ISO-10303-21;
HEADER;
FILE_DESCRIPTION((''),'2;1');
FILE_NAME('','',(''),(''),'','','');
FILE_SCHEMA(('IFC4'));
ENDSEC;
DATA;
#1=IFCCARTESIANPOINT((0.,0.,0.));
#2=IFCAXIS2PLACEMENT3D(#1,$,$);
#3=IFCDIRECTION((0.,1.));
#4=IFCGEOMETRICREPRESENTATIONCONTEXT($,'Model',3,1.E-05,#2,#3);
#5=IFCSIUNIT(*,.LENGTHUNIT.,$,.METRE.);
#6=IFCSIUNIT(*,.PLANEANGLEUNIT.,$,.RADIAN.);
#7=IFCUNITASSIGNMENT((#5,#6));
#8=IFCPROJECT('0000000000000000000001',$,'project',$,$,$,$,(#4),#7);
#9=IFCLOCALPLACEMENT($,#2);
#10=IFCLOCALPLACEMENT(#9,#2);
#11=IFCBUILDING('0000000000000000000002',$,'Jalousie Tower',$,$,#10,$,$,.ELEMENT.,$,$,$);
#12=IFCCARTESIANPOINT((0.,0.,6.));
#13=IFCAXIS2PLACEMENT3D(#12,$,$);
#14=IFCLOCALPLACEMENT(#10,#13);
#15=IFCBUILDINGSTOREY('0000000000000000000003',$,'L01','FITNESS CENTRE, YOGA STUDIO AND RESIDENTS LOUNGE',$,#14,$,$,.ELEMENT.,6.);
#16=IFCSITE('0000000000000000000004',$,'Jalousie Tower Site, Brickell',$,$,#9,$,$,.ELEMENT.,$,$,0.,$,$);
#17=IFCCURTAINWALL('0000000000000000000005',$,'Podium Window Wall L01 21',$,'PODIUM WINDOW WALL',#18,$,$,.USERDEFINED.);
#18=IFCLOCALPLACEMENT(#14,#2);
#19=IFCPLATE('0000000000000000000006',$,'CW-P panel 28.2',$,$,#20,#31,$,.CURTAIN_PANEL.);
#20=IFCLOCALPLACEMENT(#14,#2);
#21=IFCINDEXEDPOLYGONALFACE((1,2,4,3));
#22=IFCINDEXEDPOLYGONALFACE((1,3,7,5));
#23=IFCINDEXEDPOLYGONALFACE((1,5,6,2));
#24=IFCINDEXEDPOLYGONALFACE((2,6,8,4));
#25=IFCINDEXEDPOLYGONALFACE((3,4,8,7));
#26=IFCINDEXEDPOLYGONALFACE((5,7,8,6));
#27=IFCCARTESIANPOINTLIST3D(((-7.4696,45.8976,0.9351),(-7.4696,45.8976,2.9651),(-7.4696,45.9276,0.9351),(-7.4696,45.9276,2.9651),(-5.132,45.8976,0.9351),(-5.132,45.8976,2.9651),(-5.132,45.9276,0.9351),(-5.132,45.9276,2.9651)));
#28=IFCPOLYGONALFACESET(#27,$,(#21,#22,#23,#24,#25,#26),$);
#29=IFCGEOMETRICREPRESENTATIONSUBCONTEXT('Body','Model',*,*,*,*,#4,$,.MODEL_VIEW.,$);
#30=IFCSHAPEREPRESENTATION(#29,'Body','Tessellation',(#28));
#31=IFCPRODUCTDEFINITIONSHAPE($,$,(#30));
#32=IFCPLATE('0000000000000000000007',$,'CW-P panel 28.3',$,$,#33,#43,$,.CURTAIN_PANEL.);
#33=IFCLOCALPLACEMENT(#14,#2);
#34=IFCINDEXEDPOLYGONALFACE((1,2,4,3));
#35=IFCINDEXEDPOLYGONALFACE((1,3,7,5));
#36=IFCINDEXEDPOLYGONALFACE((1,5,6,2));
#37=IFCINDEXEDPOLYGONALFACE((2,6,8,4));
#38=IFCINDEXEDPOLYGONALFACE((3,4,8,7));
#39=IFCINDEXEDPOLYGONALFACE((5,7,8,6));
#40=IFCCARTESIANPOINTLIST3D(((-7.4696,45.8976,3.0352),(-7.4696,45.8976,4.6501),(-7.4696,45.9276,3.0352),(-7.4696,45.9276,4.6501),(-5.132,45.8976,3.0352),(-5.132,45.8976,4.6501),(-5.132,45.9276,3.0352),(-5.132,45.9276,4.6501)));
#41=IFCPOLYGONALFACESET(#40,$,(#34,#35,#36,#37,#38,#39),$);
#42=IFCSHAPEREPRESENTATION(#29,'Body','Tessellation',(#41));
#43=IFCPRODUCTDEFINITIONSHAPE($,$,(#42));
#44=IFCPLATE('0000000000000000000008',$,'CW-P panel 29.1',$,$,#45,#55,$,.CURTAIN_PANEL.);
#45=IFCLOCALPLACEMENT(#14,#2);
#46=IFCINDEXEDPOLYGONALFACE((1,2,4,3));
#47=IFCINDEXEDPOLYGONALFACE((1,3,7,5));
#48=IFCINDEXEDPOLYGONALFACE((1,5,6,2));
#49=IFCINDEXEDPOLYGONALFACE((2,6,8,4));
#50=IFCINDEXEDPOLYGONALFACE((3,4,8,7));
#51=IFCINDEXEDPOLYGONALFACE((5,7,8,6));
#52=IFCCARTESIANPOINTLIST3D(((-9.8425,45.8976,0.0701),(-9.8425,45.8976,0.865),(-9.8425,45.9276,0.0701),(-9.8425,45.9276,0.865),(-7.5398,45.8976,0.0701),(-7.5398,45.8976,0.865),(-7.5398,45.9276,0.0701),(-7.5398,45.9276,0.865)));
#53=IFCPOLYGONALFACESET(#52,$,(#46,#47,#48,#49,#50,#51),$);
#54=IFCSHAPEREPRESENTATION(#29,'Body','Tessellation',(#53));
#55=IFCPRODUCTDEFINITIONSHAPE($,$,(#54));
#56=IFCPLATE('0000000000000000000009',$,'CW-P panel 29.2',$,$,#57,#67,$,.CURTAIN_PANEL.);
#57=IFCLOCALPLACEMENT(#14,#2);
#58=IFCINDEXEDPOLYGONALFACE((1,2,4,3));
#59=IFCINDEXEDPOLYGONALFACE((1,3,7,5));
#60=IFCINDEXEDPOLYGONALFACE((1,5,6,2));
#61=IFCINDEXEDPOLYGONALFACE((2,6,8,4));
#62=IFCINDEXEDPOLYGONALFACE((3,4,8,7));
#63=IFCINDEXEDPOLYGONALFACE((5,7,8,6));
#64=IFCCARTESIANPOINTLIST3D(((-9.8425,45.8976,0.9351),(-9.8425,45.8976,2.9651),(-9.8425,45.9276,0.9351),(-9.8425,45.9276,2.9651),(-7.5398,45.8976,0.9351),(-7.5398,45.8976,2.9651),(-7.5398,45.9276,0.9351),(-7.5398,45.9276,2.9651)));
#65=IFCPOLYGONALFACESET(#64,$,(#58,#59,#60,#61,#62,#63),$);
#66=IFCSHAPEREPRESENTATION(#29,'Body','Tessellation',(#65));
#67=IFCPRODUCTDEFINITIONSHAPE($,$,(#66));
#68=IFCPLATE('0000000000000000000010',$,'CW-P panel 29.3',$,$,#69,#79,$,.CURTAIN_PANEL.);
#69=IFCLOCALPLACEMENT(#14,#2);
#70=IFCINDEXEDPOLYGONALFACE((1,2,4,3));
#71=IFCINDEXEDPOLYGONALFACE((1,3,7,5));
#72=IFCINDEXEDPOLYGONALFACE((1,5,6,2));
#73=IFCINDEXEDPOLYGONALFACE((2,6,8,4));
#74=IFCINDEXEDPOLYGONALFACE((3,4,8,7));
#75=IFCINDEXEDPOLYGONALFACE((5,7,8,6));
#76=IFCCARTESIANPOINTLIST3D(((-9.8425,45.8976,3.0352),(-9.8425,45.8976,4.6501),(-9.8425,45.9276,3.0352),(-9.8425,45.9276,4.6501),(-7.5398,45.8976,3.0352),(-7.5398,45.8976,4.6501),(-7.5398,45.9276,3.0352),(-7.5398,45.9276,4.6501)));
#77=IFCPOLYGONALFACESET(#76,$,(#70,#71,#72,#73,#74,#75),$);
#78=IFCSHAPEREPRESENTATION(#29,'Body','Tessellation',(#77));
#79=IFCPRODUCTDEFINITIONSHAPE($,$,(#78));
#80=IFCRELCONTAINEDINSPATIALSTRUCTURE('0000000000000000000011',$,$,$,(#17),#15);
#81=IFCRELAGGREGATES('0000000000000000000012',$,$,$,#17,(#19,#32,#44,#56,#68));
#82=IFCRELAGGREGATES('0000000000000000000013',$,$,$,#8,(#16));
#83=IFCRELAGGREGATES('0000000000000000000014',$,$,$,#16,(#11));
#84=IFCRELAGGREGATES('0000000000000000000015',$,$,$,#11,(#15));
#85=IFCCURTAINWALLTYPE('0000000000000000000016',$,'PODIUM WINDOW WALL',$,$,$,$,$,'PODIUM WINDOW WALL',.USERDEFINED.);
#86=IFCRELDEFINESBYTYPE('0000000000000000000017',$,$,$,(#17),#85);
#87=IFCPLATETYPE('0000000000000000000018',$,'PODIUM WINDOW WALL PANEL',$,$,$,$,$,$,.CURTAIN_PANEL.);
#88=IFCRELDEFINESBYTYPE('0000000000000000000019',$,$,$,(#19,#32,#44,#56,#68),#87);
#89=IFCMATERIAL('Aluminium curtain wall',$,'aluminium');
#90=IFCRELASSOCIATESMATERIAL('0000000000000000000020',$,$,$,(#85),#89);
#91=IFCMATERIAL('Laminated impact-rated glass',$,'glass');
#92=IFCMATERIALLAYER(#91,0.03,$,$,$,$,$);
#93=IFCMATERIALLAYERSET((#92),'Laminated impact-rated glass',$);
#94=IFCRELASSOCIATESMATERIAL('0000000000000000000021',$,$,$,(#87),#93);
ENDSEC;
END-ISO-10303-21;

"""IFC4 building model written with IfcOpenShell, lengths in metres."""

from ifc_helpers import new_model, si_unit, direction, frame, origin, origin_2d, place, context, subcontext, project, spatial, rectangle, extrude, material, layer, layer_set, type_object, element, aggregate, save


model = new_model("IFC4")

# Units and contexts
model_context = context("Model", 3, precision=1e-05, world=origin(), true_north=direction((0.0, 1.0)))
body_context = subcontext(model_context, "Body", "Model", "MODEL_VIEW")
ifc_project = project(units=[si_unit("LENGTHUNIT", "METRE"), si_unit("PLANEANGLEUNIT", "RADIAN")], contexts=[model_context])

# Site, building, storey
site_placement = place(None, origin())
site = spatial("IfcSite", under=ifc_project, at=site_placement, Name="Jalousie Tower Site, Brickell", CompositionType="ELEMENT", RefElevation=0.0)
building_placement = place(site_placement, origin())
building = spatial("IfcBuilding", under=site, at=building_placement, Name="Jalousie Tower", CompositionType="ELEMENT")
storey_placement = place(building_placement, frame((0.0, 0.0, 6.0)))
storey = spatial("IfcBuildingStorey", under=building, at=storey_placement, Name="L01", Description="FITNESS CENTRE, YOGA STUDIO AND RESIDENTS LOUNGE", CompositionType="ELEMENT", Elevation=6.0)

# Curtain wall
ifc_material_1 = material(Name="Aluminium curtain wall", Category="aluminium")
curtain_wall_type = type_object("IfcCurtainWallType", Name="PODIUM WINDOW WALL", ElementType="PODIUM WINDOW WALL", PredefinedType="USERDEFINED", material=ifc_material_1)
curtain_wall_1_placement = place(storey_placement, origin())
curtain_wall_1 = element("IfcCurtainWall", 1, at=curtain_wall_1_placement, inside=storey, type_object=curtain_wall_type, Name="Podium Window Wall L01 21", ObjectType="PODIUM WINDOW WALL", PredefinedType="USERDEFINED")

# Plates
ifc_material_2 = material(Name="Laminated impact-rated glass", Category="glass")
ifc_layer = layer(ifc_material_2, 0.03)
ifc_layer_set = layer_set([ifc_layer], Name="Laminated impact-rated glass")
plate_type = type_object("IfcPlateType", Name="PODIUM WINDOW WALL PANEL", PredefinedType="CURTAIN_PANEL", material=ifc_layer_set)
plate_1_placement = place(storey_placement, frame((-6.3008, 45.9126, 0.9351), z_axis=(0.0, 0.0, 1.0), x_axis=(-1.0, 0.0, 0.0)))
plate_1 = element("IfcPlate", 2, at=plate_1_placement, type_object=plate_type, Name="CW-P panel 28.2", PredefinedType="CURTAIN_PANEL", context=body_context, shape_type="SweptSolid", body=[
    extrude(rectangle(XDim=2.3376, YDim=0.03, at=origin_2d()), origin(), (0.0, 0.0, 1.0), 2.03),
])
plate_2_placement = place(storey_placement, frame((-6.3008, 45.9126, 3.0352), z_axis=(0.0, 0.0, 1.0), x_axis=(-1.0, 0.0, 0.0)))
plate_2 = element("IfcPlate", 3, at=plate_2_placement, type_object=plate_type, Name="CW-P panel 28.3", PredefinedType="CURTAIN_PANEL", context=body_context, shape_type="SweptSolid", body=[
    extrude(rectangle(XDim=2.3376, YDim=0.03, at=origin_2d()), origin(), (0.0, 0.0, 1.0), 1.615),
])
plate_3_placement = place(storey_placement, frame((-8.6912, 45.9126, 0.0701), z_axis=(0.0, 0.0, 1.0), x_axis=(-1.0, 0.0, 0.0)))
plate_3 = element("IfcPlate", 4, at=plate_3_placement, type_object=plate_type, Name="CW-P panel 29.1", PredefinedType="CURTAIN_PANEL", context=body_context, shape_type="SweptSolid", body=[
    extrude(rectangle(XDim=2.3027, YDim=0.03, at=origin_2d()), origin(), (0.0, 0.0, 1.0), 0.7949),
])
plate_4_placement = place(storey_placement, frame((-8.6912, 45.9126, 0.9351), z_axis=(0.0, 0.0, 1.0), x_axis=(-1.0, 0.0, 0.0)))
plate_4 = element("IfcPlate", 5, at=plate_4_placement, type_object=plate_type, Name="CW-P panel 29.2", PredefinedType="CURTAIN_PANEL", context=body_context, shape_type="SweptSolid", body=[
    extrude(rectangle(XDim=2.3027, YDim=0.03, at=origin_2d()), origin(), (0.0, 0.0, 1.0), 2.03),
])
plate_5_placement = place(storey_placement, frame((-8.6912, 45.9126, 3.0352), z_axis=(0.0, 0.0, 1.0), x_axis=(-1.0, 0.0, 0.0)))
plate_5 = element("IfcPlate", 6, at=plate_5_placement, type_object=plate_type, Name="CW-P panel 29.3", PredefinedType="CURTAIN_PANEL", context=body_context, shape_type="SweptSolid", body=[
    extrude(rectangle(XDim=2.3027, YDim=0.03, at=origin_2d()), origin(), (0.0, 0.0, 1.0), 1.615),
])
aggregate(curtain_wall_1, [plate_1, plate_2, plate_3, plate_4, plate_5])

save(model, "model.ifc")
